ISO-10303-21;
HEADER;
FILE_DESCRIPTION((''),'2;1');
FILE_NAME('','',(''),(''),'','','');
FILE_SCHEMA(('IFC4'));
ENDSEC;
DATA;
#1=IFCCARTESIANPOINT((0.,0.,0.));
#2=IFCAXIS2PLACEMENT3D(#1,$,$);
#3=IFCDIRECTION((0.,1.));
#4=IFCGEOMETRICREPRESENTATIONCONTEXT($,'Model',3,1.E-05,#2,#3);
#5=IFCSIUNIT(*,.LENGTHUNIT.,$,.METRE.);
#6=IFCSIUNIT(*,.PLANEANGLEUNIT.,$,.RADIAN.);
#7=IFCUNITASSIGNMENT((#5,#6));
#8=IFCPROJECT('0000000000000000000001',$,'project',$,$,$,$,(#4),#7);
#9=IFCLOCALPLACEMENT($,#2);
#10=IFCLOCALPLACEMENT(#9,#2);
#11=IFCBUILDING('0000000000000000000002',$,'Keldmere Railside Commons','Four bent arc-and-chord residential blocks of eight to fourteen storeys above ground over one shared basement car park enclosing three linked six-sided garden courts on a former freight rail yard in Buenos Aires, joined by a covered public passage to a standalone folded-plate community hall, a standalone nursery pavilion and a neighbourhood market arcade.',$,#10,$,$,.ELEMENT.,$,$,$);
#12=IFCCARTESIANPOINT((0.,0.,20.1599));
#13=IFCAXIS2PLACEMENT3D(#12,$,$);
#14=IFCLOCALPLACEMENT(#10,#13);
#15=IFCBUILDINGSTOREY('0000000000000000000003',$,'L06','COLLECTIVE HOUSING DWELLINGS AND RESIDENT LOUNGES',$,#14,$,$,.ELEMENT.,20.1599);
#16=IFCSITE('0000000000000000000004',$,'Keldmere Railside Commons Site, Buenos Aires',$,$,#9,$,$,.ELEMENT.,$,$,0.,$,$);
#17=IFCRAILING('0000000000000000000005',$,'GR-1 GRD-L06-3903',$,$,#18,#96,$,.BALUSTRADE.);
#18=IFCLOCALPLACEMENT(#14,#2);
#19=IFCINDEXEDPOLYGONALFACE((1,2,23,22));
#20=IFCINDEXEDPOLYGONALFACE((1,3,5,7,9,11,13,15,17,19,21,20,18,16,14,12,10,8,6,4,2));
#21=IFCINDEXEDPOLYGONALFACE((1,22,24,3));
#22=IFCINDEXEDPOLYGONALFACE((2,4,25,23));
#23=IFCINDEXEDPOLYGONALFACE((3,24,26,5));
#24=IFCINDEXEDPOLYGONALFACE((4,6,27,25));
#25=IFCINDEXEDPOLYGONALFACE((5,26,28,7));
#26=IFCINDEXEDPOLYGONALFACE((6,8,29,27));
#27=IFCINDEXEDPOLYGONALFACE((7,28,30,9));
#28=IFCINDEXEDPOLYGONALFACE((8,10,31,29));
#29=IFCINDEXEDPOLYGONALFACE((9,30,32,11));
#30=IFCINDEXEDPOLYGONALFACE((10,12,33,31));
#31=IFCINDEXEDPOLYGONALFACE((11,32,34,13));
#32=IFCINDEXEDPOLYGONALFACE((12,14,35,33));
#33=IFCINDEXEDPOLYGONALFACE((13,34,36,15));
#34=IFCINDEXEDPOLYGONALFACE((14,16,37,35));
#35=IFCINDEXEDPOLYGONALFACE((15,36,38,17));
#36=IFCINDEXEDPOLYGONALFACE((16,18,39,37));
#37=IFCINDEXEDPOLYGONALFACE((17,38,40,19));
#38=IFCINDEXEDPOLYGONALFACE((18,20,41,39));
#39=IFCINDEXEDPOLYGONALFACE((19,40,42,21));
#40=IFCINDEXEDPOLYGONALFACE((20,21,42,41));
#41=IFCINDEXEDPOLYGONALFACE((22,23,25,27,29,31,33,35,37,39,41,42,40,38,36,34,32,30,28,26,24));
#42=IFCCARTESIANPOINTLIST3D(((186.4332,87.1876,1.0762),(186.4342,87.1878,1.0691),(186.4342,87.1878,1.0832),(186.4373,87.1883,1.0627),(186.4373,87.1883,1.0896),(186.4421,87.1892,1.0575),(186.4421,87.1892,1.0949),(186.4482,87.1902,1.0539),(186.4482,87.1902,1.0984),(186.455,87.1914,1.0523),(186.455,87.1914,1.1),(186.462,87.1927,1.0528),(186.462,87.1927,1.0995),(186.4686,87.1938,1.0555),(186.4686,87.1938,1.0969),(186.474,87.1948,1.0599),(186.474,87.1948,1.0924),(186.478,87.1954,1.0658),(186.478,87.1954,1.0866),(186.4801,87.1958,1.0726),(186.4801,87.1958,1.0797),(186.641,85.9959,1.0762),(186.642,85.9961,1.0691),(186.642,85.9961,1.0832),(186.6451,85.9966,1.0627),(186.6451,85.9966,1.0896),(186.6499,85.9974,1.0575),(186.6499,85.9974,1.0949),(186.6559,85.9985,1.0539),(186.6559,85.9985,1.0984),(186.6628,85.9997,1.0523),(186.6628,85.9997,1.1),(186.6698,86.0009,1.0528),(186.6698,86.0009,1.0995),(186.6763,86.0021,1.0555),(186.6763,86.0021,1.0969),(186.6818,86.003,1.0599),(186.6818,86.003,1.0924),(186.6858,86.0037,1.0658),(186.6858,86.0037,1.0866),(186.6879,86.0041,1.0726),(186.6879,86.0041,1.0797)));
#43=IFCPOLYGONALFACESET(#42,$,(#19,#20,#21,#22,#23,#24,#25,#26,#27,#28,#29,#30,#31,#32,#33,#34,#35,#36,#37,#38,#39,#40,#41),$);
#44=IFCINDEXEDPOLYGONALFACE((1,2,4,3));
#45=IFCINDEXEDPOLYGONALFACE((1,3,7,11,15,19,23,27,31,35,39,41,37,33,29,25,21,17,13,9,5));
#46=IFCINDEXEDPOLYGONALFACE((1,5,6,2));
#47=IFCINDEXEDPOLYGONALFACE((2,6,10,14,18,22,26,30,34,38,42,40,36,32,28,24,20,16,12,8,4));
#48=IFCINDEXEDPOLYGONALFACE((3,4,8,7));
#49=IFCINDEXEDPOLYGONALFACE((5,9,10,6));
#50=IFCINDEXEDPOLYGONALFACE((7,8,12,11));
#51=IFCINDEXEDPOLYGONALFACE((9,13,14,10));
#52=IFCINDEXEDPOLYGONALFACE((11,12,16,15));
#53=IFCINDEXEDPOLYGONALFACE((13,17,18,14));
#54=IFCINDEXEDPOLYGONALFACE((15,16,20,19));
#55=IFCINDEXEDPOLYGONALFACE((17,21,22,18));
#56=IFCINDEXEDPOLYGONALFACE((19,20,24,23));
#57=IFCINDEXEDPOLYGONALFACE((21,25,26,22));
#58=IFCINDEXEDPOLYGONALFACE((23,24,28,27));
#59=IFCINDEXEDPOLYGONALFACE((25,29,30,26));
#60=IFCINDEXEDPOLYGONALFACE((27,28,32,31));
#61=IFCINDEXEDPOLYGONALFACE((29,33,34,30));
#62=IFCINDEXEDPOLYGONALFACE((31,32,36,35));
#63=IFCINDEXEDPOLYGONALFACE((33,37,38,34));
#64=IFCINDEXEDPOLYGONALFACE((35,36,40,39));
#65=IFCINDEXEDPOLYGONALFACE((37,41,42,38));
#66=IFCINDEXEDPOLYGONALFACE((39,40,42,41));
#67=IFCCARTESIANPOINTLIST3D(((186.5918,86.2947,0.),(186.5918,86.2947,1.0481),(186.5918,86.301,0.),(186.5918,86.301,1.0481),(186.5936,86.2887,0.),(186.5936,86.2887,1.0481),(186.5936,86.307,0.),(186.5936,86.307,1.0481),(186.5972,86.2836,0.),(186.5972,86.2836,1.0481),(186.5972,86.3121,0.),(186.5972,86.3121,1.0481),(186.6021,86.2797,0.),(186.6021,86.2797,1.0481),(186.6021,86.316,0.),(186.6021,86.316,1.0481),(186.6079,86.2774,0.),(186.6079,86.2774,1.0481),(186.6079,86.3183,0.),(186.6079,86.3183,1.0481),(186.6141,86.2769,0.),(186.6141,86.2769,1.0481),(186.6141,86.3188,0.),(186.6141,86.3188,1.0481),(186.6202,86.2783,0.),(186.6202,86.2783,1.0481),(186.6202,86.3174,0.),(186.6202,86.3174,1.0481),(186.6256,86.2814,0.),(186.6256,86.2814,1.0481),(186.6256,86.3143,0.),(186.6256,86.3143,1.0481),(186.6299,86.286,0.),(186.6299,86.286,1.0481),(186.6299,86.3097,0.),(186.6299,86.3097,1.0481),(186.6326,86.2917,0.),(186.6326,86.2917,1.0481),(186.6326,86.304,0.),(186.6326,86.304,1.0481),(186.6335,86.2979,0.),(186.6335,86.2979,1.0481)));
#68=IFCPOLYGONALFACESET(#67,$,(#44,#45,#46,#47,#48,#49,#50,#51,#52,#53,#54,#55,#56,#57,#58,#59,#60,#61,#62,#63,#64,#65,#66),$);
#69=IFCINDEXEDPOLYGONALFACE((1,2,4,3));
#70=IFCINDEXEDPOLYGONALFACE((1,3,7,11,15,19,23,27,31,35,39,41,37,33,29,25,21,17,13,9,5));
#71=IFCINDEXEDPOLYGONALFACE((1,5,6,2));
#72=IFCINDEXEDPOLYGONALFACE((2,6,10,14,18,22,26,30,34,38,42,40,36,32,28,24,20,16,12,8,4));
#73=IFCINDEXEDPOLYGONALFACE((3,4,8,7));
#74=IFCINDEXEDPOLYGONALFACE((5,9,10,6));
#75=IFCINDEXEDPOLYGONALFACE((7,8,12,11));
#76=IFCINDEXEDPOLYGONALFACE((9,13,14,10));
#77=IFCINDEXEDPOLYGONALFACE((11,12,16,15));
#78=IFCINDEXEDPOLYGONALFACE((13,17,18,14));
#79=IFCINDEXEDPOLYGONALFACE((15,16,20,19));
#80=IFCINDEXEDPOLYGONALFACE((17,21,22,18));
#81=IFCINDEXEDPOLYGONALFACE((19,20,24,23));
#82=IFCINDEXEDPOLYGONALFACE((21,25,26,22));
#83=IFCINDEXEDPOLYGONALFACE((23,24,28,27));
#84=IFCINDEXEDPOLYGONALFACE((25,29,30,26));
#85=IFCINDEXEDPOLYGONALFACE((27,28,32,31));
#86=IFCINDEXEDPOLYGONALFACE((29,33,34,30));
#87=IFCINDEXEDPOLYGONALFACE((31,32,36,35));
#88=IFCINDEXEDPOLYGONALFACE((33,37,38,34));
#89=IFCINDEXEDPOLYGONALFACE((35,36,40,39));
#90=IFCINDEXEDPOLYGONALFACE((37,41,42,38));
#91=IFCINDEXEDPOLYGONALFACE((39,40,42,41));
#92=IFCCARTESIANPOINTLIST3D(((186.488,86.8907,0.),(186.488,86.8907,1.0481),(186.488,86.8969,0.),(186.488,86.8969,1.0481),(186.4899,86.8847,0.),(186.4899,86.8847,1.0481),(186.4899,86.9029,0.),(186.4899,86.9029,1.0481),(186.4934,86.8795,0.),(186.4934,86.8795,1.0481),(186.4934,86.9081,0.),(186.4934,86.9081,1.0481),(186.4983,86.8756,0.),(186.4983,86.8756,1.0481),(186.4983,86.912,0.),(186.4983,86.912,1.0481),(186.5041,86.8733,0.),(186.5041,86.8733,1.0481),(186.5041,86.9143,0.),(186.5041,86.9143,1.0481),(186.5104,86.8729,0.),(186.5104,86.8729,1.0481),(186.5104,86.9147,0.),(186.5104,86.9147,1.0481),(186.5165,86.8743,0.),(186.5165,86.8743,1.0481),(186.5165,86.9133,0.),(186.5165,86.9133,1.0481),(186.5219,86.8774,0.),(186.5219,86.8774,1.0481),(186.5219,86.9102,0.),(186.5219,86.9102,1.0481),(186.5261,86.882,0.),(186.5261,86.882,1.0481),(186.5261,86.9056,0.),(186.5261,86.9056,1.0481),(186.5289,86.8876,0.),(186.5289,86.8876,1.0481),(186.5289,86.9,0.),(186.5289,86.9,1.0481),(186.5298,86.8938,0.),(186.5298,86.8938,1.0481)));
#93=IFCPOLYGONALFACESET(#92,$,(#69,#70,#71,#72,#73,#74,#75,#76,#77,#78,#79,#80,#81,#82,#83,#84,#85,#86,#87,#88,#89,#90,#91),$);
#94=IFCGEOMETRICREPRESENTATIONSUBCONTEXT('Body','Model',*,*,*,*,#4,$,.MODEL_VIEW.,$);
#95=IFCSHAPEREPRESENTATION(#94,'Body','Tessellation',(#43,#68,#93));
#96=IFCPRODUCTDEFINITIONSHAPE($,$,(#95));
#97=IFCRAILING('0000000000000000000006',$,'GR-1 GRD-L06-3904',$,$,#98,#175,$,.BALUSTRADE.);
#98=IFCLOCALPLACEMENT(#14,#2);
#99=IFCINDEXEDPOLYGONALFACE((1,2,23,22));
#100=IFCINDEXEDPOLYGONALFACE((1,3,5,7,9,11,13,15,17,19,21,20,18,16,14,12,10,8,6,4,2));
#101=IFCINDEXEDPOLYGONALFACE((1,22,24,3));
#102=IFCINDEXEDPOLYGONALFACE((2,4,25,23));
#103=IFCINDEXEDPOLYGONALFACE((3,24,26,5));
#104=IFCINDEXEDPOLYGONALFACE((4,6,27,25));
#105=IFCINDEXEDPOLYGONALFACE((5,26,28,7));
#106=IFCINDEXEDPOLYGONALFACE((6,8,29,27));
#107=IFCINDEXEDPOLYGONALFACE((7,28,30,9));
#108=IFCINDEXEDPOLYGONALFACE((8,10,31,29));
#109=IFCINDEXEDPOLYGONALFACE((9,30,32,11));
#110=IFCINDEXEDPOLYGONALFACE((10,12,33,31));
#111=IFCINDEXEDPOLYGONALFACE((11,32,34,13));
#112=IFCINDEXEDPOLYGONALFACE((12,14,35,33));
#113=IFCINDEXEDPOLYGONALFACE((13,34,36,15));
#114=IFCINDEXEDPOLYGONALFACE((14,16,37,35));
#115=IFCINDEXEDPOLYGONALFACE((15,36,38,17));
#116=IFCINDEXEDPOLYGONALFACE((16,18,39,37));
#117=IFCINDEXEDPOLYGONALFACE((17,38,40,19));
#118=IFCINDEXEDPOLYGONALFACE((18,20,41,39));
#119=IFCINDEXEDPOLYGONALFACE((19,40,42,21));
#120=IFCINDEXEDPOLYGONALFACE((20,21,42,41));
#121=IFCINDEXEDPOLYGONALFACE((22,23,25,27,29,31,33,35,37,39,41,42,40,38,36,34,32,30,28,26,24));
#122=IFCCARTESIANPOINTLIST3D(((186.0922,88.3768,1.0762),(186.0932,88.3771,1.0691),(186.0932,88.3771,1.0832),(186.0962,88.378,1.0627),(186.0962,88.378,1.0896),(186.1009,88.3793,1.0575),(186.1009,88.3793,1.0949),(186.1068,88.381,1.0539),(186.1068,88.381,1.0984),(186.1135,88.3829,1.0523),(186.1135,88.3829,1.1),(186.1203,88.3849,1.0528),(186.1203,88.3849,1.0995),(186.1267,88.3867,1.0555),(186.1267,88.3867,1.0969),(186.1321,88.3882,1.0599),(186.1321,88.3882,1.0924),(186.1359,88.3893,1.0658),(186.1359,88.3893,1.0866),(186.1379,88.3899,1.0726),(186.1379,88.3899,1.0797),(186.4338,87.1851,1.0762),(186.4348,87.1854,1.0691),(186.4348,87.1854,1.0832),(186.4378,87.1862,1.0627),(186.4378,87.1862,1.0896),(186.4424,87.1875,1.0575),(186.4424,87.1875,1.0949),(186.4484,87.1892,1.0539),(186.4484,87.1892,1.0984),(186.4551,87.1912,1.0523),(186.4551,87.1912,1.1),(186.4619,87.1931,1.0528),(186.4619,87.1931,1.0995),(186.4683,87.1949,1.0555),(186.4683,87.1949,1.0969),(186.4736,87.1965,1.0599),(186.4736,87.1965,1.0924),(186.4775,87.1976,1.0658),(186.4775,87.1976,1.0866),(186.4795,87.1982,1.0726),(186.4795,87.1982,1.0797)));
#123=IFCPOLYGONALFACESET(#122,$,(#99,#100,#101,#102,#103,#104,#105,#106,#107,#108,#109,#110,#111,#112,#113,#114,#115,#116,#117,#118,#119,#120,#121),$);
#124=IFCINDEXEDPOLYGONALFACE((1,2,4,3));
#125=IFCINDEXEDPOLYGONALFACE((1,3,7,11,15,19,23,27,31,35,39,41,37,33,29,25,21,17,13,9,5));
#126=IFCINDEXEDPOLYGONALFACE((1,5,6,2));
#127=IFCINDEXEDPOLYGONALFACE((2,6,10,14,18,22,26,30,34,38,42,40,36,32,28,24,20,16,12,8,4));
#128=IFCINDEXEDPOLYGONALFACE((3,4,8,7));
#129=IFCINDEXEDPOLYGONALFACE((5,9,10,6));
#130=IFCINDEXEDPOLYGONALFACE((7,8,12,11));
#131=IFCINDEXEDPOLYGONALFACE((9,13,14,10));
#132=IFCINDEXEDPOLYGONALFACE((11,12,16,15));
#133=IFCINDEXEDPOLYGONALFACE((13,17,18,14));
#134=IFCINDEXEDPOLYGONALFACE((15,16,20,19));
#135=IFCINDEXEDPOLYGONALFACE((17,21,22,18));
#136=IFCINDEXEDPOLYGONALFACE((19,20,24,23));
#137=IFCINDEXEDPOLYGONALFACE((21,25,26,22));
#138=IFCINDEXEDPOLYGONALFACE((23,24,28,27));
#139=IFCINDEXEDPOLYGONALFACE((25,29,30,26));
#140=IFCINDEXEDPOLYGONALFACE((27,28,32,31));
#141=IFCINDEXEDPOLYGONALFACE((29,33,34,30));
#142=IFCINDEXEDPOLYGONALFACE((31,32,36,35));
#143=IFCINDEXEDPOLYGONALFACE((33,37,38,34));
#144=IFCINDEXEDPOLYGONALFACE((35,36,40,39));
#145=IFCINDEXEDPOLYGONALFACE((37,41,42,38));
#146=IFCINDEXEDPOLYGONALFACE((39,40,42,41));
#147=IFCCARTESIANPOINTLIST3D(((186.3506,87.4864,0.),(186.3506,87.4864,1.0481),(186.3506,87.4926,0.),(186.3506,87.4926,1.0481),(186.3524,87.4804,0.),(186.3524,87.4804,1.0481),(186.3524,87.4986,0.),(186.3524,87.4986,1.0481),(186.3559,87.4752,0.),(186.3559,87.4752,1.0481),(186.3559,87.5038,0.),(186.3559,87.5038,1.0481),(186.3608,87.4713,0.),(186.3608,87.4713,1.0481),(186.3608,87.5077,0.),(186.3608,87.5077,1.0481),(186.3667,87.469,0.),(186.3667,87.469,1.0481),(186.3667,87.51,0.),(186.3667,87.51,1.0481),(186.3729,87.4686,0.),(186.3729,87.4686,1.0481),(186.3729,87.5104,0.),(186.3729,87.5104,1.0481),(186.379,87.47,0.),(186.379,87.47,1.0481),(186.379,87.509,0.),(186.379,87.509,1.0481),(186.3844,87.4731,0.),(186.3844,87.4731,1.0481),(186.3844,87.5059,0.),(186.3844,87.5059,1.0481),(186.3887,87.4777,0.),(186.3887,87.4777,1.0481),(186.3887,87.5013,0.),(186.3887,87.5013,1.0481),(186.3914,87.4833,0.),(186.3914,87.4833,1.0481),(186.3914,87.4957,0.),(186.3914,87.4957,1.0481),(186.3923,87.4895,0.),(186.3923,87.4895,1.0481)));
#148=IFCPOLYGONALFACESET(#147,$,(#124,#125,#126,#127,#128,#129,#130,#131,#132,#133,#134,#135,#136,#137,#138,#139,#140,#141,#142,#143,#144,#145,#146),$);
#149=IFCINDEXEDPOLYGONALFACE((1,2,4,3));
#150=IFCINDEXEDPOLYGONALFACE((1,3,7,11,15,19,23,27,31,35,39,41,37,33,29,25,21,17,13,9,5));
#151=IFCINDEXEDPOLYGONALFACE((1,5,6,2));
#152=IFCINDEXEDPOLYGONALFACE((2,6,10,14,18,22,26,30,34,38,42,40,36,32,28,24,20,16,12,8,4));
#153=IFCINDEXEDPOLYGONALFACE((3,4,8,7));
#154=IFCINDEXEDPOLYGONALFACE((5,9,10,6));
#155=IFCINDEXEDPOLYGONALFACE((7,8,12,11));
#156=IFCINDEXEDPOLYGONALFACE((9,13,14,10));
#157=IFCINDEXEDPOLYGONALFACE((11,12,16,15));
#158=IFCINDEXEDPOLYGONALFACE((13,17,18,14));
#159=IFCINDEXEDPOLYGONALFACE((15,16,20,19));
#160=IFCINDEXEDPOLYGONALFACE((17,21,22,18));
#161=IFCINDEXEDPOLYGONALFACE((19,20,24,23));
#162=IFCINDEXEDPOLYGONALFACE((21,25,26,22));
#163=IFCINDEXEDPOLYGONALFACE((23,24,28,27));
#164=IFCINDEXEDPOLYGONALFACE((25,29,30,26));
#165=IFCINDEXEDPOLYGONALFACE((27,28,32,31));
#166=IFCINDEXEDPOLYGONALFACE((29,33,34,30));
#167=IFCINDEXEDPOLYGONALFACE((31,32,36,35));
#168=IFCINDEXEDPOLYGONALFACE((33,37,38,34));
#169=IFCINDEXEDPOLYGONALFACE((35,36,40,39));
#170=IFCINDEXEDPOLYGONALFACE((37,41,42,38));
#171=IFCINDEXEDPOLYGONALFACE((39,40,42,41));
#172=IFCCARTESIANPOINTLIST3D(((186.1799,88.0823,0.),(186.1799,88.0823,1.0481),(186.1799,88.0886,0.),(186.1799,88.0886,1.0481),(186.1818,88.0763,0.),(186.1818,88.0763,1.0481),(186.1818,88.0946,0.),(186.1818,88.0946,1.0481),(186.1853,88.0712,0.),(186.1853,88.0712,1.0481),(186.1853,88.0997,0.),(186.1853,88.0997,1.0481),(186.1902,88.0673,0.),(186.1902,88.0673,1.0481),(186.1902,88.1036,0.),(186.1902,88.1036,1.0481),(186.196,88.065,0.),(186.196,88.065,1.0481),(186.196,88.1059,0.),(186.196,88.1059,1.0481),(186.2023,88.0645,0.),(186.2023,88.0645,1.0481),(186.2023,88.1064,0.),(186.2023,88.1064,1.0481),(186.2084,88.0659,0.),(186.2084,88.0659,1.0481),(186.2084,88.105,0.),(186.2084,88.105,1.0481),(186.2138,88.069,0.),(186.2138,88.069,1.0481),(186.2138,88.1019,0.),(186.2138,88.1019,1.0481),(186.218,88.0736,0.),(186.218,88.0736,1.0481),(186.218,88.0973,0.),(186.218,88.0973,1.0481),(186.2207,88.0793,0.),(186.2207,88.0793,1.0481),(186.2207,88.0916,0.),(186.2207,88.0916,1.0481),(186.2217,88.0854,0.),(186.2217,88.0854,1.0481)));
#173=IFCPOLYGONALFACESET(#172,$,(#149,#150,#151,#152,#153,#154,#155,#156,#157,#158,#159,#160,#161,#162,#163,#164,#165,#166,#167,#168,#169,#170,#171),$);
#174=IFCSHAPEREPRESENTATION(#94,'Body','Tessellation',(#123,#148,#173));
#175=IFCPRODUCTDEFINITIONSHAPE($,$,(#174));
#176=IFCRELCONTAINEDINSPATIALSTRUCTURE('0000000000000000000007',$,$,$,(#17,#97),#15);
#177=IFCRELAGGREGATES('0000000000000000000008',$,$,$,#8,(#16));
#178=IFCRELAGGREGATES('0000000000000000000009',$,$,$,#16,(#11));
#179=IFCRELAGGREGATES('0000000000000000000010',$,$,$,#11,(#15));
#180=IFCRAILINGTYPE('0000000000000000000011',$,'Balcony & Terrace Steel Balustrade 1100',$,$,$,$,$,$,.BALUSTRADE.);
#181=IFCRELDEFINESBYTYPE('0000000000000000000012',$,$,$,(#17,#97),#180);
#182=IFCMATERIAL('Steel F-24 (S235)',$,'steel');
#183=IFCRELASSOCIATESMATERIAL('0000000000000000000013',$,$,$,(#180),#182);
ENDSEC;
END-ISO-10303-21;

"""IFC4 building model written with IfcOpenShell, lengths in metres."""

from ifc_helpers import new_model, si_unit, direction, frame, origin, origin_2d, place, context, subcontext, project, spatial, circle, extrude, material, type_object, element, save


model = new_model("IFC4")

# Units and contexts
model_context = context("Model", 3, precision=1e-05, world=origin(), true_north=direction((0.0, 1.0)))
body_context = subcontext(model_context, "Body", "Model", "MODEL_VIEW")
ifc_project = project(units=[si_unit("LENGTHUNIT", "METRE"), si_unit("PLANEANGLEUNIT", "RADIAN")], contexts=[model_context])

# Site, building, storey
site_placement = place(None, origin())
site = spatial("IfcSite", under=ifc_project, at=site_placement, Name="Keldmere Railside Commons Site, Buenos Aires", CompositionType="ELEMENT", RefElevation=0.0)
building_placement = place(site_placement, origin())
building = spatial("IfcBuilding", under=site, at=building_placement, Name="Keldmere Railside Commons", Description="Four bent arc-and-chord residential blocks of eight to fourteen storeys above ground over one shared basement car park enclosing three linked six-sided garden courts on a former freight rail yard in Buenos Aires, joined by a covered public passage to a standalone folded-plate community hall, a standalone nursery pavilion and a neighbourhood market arcade.", CompositionType="ELEMENT")
storey_placement = place(building_placement, frame((0.0, 0.0, 20.1599)))
storey = spatial("IfcBuildingStorey", under=building, at=storey_placement, Name="L06", Description="COLLECTIVE HOUSING DWELLINGS AND RESIDENT LOUNGES", CompositionType="ELEMENT", Elevation=20.1599)

# Railings
ifc_material_1 = material(Name="Steel F-24 (S235)", Category="steel")
railing_type = type_object("IfcRailingType", Name="Balcony & Terrace Steel Balustrade 1100", PredefinedType="BALUSTRADE", material=ifc_material_1)
railing_1_placement = place(storey_placement, frame((186.6646, 86.0, 0.0)))
element("IfcRailing", 1, at=railing_1_placement, inside=storey, type_object=railing_type, Name="GR-1 GRD-L06-3903", PredefinedType="BALUSTRADE", context=body_context, shape_type="SweptSolid", body=[
    extrude(circle(Radius=0.0239, at=origin_2d()), frame((0.0, 0.0, 1.0762), z_axis=(-0.171759, 0.985139, 0.0), x_axis=(-0.985139, -0.171759, 0.0)), (0.0, 0.0, 1.0), 1.2097),
    extrude(circle(Radius=0.021, at=origin_2d()), frame((-0.052, 0.2979, 0.0)), (0.0, 0.0, 1.0), 1.0481),
    extrude(circle(Radius=0.021, at=origin_2d()), frame((-0.1558, 0.8938, 0.0)), (0.0, 0.0, 1.0), 1.0481),
])
railing_2_placement = place(storey_placement, frame((186.4568, 87.1917, 0.0)))
element("IfcRailing", 2, at=railing_2_placement, inside=storey, type_object=railing_type, Name="GR-1 GRD-L06-3904", PredefinedType="BALUSTRADE", context=body_context, shape_type="SweptSolid", body=[
    extrude(circle(Radius=0.0239, at=origin_2d()), frame((0.0, 0.0, 1.0762), z_axis=(-0.275527, 0.961293, 0.0), x_axis=(-0.961293, -0.275527, 0.0)), (0.0, 0.0, 1.0), 1.2397),
    extrude(circle(Radius=0.021, at=origin_2d()), frame((-0.0854, 0.2979, 0.0)), (0.0, 0.0, 1.0), 1.0481),
    extrude(circle(Radius=0.021, at=origin_2d()), frame((-0.2561, 0.8938, 0.0)), (0.0, 0.0, 1.0), 1.0481),
])

save(model, "model.ifc")
